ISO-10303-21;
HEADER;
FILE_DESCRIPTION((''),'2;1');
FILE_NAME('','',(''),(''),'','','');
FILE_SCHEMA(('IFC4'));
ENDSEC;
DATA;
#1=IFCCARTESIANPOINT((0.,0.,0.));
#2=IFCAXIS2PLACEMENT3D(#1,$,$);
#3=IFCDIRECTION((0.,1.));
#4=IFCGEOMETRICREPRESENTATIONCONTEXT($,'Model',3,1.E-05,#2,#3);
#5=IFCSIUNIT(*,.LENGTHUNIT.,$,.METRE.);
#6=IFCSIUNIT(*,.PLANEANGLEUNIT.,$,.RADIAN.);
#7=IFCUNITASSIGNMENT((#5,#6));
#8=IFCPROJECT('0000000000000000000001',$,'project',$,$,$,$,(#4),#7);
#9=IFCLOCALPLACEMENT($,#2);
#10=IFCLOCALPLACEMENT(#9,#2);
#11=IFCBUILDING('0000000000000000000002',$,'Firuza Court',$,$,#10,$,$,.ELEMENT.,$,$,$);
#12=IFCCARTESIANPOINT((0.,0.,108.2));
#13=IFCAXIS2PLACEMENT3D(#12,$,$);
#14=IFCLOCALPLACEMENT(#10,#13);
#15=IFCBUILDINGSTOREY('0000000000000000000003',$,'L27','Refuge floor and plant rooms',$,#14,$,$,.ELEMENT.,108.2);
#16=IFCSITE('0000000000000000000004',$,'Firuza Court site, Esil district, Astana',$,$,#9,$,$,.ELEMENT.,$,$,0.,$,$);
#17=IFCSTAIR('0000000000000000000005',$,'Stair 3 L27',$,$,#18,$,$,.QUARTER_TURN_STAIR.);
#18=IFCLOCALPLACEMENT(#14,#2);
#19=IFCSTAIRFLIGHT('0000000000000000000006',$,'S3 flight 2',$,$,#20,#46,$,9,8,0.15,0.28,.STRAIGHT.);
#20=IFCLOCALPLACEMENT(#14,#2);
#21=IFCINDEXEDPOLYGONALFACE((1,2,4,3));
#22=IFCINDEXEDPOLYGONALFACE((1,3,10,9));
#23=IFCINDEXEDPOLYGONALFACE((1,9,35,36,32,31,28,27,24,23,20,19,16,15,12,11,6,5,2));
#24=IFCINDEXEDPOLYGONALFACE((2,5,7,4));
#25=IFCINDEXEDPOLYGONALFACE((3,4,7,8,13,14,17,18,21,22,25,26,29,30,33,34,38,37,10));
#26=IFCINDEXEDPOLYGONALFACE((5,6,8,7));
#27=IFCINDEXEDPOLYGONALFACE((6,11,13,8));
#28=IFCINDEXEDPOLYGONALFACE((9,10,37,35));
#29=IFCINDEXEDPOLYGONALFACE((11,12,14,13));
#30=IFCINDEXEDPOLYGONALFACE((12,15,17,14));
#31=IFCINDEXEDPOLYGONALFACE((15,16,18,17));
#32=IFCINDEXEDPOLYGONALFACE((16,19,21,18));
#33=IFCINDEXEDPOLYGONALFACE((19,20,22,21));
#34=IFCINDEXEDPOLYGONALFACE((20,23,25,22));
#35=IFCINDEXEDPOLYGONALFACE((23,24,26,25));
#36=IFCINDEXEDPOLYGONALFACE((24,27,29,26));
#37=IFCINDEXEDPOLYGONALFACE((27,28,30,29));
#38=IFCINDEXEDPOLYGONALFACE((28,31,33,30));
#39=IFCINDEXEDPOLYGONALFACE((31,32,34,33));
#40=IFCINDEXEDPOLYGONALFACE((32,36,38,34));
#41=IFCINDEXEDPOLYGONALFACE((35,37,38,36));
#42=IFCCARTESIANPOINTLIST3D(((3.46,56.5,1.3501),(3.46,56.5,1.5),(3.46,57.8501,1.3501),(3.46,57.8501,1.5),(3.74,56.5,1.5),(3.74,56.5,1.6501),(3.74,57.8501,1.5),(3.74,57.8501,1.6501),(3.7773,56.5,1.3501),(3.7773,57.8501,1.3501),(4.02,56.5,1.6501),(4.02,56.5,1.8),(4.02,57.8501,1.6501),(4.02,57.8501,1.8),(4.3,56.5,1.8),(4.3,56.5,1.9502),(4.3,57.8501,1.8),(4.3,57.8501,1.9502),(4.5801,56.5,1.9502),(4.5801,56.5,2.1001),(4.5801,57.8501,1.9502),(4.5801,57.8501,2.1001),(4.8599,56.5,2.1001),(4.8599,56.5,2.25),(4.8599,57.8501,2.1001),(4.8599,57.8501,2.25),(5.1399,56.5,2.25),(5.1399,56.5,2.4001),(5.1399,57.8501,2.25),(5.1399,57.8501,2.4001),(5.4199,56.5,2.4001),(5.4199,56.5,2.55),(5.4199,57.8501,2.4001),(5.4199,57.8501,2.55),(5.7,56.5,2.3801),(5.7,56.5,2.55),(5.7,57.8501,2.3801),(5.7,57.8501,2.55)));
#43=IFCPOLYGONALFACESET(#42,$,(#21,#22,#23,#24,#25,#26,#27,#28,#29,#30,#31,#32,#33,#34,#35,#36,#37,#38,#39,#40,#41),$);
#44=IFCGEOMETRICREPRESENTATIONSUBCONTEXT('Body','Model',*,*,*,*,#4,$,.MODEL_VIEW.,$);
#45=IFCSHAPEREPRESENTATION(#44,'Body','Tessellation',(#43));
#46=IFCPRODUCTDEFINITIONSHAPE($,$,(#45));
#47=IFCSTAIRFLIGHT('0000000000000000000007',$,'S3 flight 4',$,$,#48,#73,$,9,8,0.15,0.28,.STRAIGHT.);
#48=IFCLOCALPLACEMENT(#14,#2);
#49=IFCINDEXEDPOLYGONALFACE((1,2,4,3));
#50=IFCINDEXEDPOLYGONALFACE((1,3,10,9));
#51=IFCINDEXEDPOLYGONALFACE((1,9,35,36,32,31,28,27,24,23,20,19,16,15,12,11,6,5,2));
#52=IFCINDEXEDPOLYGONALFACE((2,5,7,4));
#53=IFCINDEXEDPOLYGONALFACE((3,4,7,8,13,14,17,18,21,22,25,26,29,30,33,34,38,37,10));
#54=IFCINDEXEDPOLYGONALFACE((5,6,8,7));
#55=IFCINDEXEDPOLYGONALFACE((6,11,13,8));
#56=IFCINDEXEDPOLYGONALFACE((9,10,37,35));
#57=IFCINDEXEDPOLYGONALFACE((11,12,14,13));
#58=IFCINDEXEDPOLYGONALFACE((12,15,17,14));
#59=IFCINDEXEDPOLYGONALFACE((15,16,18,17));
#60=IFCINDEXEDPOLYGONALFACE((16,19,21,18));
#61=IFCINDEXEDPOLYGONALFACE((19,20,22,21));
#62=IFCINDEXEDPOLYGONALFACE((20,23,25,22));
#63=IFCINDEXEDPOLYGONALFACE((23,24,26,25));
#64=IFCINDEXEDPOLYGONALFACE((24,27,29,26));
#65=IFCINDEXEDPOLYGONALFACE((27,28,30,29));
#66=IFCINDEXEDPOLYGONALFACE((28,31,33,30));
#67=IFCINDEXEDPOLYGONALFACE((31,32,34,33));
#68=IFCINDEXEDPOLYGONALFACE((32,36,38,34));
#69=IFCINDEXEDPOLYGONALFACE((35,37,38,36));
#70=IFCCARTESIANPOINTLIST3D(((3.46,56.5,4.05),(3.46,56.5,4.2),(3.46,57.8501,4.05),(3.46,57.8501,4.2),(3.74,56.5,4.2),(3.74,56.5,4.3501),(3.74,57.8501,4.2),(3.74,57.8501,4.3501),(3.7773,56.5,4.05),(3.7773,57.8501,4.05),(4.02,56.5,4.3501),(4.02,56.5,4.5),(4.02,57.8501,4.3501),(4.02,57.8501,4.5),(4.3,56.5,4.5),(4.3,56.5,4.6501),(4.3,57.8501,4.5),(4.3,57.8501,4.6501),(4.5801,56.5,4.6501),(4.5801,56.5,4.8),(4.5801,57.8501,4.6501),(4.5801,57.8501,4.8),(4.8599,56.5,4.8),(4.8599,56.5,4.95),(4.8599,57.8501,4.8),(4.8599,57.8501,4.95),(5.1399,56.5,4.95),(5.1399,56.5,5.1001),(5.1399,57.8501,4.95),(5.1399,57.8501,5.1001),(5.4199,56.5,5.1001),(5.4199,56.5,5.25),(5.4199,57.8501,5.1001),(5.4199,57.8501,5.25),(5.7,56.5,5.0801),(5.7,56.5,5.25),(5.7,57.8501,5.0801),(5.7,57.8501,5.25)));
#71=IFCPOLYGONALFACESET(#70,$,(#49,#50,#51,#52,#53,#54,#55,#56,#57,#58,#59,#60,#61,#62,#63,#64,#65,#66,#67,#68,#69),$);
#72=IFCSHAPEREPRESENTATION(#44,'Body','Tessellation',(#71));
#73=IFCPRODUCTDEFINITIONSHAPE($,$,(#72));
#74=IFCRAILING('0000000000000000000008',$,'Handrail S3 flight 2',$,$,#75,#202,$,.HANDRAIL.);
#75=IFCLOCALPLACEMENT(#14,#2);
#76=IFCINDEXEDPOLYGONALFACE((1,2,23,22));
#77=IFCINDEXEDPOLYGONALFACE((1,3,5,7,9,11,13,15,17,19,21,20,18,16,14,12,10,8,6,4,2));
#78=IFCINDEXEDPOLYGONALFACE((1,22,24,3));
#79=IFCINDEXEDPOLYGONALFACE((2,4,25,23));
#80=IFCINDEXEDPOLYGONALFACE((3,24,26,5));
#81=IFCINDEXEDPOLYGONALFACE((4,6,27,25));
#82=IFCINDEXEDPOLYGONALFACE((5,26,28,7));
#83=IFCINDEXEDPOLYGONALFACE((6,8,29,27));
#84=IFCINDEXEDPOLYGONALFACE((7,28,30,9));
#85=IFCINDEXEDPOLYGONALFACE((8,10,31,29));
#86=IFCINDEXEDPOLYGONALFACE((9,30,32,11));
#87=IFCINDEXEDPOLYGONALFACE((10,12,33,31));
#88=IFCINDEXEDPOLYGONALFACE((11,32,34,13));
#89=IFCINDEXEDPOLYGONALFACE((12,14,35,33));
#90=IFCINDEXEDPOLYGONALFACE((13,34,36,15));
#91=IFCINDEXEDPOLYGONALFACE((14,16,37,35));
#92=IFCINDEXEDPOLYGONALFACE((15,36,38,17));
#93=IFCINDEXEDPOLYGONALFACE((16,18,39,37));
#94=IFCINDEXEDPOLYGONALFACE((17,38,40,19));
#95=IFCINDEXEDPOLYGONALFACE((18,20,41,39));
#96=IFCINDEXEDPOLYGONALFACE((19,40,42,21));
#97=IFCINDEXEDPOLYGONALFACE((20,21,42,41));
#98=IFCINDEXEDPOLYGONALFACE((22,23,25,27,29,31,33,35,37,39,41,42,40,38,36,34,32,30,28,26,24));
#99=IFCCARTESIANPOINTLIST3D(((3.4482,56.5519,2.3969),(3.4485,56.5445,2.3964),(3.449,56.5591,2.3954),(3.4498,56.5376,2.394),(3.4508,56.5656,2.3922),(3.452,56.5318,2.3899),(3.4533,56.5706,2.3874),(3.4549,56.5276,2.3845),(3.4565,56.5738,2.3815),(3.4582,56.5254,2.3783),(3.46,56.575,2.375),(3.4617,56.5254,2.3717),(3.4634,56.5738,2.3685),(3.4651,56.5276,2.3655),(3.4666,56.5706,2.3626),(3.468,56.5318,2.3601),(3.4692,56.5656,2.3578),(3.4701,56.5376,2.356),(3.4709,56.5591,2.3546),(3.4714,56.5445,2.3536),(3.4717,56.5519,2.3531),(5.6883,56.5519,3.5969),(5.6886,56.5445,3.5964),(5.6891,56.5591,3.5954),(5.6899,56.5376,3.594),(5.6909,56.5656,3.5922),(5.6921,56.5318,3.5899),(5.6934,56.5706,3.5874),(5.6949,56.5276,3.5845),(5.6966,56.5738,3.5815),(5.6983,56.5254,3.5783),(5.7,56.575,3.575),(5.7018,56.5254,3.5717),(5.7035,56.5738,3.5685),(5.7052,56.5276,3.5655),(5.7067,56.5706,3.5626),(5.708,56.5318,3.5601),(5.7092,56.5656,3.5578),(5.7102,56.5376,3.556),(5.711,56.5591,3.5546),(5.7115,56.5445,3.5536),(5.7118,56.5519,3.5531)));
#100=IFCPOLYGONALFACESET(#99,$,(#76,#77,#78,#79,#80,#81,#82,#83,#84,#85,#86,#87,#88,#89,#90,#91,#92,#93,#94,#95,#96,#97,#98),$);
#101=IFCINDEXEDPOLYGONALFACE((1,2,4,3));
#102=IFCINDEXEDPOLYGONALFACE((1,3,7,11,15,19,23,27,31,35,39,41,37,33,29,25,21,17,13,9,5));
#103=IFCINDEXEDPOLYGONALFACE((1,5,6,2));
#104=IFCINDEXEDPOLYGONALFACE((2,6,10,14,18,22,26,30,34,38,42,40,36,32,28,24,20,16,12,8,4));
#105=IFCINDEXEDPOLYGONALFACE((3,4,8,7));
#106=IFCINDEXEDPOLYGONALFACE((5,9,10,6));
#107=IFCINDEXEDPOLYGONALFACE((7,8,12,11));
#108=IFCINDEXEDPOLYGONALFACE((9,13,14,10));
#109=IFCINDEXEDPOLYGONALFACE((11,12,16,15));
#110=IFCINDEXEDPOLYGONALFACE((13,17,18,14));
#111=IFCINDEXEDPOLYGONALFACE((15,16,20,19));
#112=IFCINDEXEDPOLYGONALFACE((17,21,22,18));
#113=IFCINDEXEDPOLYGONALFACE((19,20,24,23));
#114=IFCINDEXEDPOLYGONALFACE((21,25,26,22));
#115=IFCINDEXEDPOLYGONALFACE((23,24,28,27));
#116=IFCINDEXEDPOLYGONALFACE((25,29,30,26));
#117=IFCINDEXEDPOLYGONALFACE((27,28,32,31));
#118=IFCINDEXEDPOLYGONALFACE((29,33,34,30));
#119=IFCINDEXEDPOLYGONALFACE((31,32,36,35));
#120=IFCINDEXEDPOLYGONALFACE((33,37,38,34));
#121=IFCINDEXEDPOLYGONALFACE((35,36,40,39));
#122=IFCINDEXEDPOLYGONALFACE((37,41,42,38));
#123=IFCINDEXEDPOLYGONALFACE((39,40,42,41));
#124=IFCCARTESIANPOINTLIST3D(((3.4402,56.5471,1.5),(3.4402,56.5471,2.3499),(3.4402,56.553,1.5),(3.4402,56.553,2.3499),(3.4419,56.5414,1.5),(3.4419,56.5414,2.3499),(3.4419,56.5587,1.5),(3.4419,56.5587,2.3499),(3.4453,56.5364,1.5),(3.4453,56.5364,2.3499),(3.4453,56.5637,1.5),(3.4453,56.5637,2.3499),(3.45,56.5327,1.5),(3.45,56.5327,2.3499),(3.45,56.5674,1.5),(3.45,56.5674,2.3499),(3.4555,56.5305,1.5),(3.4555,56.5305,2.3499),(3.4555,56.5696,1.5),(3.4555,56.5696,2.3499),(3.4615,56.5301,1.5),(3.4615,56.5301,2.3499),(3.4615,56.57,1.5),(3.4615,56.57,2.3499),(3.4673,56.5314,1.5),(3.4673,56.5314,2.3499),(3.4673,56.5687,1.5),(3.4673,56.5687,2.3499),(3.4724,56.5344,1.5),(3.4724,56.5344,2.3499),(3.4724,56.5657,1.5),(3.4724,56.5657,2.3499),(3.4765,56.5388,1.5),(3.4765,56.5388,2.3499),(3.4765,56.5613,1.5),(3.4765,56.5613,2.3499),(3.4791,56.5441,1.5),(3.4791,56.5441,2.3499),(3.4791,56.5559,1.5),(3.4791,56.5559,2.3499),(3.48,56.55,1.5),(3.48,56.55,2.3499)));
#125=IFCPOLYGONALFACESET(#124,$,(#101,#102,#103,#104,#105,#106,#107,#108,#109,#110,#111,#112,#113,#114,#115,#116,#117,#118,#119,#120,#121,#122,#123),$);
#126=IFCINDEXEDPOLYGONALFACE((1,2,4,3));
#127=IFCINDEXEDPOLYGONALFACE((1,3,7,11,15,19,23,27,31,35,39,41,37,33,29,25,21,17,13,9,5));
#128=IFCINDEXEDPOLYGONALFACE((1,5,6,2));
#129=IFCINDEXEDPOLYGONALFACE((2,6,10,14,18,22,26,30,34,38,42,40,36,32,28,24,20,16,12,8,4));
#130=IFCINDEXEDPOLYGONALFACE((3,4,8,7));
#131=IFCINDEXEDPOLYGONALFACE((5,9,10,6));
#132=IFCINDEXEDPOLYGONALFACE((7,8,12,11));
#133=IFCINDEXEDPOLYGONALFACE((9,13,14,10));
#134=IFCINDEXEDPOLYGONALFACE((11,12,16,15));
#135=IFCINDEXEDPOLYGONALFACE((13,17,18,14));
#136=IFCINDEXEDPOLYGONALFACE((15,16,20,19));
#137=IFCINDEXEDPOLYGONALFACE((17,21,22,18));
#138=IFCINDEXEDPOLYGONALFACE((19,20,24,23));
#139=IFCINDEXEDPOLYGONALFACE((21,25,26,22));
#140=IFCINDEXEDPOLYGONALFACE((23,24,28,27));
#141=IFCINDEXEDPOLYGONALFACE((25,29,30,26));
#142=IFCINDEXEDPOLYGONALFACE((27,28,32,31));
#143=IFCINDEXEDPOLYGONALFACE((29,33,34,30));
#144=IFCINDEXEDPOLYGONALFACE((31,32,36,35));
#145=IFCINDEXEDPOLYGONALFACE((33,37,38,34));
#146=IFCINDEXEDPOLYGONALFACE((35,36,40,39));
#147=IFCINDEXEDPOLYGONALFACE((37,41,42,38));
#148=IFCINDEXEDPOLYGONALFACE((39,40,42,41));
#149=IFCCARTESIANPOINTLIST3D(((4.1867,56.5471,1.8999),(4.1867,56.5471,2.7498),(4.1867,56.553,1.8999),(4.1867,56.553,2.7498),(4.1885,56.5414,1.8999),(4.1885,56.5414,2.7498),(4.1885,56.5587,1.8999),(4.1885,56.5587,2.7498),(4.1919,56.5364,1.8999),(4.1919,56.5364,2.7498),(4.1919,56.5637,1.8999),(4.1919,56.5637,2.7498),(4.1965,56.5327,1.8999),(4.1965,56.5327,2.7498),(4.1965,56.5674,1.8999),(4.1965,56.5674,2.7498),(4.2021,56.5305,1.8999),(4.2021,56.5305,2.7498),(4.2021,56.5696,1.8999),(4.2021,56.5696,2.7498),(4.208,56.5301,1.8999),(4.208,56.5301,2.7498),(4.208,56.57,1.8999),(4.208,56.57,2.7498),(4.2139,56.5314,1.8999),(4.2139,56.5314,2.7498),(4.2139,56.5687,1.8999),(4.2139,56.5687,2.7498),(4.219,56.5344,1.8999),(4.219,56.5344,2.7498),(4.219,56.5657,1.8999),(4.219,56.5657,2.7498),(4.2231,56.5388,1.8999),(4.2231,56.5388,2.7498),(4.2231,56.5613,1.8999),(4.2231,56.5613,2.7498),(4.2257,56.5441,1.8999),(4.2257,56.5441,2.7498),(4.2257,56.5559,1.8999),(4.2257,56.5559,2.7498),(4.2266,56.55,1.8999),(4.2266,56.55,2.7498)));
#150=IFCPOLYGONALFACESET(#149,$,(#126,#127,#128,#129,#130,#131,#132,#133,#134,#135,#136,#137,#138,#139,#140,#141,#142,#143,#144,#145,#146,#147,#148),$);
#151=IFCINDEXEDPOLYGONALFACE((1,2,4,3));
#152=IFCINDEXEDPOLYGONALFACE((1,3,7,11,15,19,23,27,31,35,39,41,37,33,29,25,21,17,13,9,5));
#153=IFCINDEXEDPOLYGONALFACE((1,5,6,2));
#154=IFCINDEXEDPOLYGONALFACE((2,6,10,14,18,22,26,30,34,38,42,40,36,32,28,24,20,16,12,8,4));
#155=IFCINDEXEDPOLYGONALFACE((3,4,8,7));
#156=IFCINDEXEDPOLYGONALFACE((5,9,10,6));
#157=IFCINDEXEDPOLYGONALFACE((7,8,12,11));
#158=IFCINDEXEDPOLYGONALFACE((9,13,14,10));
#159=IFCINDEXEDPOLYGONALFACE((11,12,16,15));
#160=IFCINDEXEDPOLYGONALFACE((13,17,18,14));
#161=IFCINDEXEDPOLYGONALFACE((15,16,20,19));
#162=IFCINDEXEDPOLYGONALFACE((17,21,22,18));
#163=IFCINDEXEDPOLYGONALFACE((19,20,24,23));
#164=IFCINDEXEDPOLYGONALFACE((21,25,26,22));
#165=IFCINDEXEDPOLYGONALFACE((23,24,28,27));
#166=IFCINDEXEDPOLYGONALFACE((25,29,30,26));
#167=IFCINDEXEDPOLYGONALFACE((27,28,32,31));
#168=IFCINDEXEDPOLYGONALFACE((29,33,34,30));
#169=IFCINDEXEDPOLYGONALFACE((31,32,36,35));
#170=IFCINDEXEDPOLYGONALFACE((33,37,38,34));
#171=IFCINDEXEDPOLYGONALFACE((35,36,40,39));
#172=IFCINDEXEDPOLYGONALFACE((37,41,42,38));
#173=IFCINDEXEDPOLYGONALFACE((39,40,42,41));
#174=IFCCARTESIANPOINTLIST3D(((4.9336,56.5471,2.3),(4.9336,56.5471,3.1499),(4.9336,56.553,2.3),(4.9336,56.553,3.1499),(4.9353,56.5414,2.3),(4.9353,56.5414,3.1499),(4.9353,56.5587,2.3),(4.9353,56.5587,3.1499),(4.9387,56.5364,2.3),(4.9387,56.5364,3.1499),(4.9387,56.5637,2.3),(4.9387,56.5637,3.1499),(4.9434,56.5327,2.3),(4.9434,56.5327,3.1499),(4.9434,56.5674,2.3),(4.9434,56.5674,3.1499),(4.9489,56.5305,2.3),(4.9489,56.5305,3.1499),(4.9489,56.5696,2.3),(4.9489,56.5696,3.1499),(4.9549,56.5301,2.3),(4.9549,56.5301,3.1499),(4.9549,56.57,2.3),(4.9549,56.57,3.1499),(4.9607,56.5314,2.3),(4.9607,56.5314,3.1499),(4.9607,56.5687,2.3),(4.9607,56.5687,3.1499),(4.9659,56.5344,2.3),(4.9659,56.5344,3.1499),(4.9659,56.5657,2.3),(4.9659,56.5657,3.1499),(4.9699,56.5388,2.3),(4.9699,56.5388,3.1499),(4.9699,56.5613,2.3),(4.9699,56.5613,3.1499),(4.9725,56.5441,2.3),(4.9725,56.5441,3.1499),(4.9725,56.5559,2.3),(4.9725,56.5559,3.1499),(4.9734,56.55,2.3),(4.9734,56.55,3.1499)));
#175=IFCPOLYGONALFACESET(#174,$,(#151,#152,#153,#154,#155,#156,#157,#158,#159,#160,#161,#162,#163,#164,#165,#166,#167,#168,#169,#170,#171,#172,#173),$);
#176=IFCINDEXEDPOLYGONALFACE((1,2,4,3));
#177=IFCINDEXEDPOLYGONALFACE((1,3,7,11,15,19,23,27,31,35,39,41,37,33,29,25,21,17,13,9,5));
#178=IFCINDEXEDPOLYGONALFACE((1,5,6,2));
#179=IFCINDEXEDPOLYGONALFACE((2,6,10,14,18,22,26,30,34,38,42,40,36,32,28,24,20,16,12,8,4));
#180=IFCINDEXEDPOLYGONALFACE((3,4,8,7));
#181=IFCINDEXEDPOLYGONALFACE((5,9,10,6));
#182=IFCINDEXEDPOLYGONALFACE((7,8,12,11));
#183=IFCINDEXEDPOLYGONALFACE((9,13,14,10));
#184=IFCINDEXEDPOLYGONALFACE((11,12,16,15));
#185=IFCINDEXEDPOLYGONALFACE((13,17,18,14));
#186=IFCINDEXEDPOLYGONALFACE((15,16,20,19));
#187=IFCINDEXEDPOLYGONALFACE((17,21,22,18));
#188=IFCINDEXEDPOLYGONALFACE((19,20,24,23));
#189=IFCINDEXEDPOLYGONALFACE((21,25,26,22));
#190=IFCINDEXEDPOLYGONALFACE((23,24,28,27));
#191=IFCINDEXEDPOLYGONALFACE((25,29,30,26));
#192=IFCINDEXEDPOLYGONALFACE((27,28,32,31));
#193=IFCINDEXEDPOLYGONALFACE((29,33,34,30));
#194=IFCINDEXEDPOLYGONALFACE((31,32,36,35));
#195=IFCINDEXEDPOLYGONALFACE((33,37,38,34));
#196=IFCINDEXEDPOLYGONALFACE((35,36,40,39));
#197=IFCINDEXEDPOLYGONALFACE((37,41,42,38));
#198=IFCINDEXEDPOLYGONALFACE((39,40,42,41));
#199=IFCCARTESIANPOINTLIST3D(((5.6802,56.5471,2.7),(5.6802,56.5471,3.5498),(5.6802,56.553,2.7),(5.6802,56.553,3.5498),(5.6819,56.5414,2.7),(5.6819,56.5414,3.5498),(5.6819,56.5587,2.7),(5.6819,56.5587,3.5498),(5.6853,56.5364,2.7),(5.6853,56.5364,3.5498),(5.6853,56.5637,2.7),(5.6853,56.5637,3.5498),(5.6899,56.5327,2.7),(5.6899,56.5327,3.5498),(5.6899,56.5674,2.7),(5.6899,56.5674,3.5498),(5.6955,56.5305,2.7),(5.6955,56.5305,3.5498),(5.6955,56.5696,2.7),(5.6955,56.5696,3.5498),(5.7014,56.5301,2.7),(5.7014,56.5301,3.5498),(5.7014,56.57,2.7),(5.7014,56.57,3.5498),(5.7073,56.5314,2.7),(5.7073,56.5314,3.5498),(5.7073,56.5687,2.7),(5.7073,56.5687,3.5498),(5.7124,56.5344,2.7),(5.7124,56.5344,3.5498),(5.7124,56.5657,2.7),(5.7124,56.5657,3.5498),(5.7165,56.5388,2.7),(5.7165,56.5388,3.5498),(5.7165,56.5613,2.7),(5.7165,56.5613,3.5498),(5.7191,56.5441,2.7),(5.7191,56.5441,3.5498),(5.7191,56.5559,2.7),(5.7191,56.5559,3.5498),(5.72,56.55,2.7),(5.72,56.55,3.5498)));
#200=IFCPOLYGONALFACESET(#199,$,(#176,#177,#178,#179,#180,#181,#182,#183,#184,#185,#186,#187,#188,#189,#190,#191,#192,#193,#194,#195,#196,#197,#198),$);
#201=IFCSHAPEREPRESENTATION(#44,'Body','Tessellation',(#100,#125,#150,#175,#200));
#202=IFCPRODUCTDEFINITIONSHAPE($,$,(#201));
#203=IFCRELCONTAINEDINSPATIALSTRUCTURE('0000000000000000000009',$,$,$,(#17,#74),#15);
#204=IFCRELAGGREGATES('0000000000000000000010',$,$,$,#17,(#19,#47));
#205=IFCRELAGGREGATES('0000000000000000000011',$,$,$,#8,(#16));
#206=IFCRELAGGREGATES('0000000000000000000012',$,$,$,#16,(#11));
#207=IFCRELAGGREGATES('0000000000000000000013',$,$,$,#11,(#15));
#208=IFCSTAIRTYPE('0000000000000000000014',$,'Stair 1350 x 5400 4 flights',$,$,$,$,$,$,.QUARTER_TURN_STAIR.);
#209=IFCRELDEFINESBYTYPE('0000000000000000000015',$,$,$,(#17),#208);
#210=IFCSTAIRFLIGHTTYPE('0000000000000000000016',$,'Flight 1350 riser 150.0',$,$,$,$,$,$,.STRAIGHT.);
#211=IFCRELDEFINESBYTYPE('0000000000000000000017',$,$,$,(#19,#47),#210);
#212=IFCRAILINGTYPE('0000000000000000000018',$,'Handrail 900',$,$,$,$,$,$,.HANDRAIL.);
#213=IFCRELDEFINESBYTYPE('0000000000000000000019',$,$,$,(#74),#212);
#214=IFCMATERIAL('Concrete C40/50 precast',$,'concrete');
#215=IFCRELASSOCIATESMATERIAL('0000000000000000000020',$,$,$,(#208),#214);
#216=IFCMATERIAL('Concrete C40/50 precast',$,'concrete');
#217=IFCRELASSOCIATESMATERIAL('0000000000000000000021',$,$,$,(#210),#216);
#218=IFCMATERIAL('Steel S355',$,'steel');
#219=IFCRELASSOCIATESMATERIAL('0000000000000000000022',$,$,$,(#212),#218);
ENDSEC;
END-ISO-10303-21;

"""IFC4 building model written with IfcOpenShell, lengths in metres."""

from ifc_helpers import new_model, si_unit, direction, frame, origin, origin_2d, place, context, subcontext, project, spatial, polyline, circle, outline, extrude, material, type_object, element, aggregate, save


model = new_model("IFC4")

# Units and contexts
model_context = context("Model", 3, precision=1e-05, world=origin(), true_north=direction((0.0, 1.0)))
body_context = subcontext(model_context, "Body", "Model", "MODEL_VIEW")
ifc_project = project(units=[si_unit("LENGTHUNIT", "METRE"), si_unit("PLANEANGLEUNIT", "RADIAN")], contexts=[model_context])

# Site, building, storey
site_placement = place(None, origin())
site = spatial("IfcSite", under=ifc_project, at=site_placement, Name="Firuza Court site, Esil district, Astana", CompositionType="ELEMENT", RefElevation=0.0)
building_placement = place(site_placement, origin())
building = spatial("IfcBuilding", under=site, at=building_placement, Name="Firuza Court", CompositionType="ELEMENT")
storey_placement = place(building_placement, frame((0.0, 0.0, 108.2)))
storey = spatial("IfcBuildingStorey", under=building, at=storey_placement, Name="L27", Description="Refuge floor and plant rooms", CompositionType="ELEMENT", Elevation=108.2)

# Stair, stair flights
ifc_material_1 = material(Name="Concrete C40/50 precast", Category="concrete")
stair_type = type_object("IfcStairType", Name="Stair 1350 x 5400 4 flights", PredefinedType="QUARTER_TURN_STAIR", material=ifc_material_1)
stair_placement = place(storey_placement, origin())
stair = element("IfcStair", 1, at=stair_placement, inside=storey, type_object=stair_type, Name="Stair 3 L27", PredefinedType="QUARTER_TURN_STAIR")
ifc_material_2 = material(Name="Concrete C40/50 precast", Category="concrete")
stair_flight_type = type_object("IfcStairFlightType", Name="Flight 1350 riser 150.0", PredefinedType="STRAIGHT", material=ifc_material_2)
stair_flight_1_placement = place(storey_placement, frame((3.46, 57.175, 1.3501), z_axis=(0.0, 0.0, 1.0), x_axis=(1.0, 0.0, 0.0)))
stair_flight_1 = element("IfcStairFlight", 2, at=stair_flight_1_placement, type_object=stair_flight_type, Name="S3 flight 2", NumberOfRisers=9, NumberOfTreads=8, PredefinedType="STRAIGHT", RiserHeight=0.15, TreadLength=0.28, context=body_context, shape_type="SweptSolid", body=[
    extrude(outline(polyline([(0.0, 0.0), (0.0, 0.1499), (0.28, 0.1499), (0.28, 0.3), (0.5601, 0.3), (0.5601, 0.45), (0.8401, 0.45), (0.8401, 0.6001), (1.1201, 0.6001), (1.1201, 0.75), (1.3999, 0.75), (1.3999, 0.8999), (1.6799, 0.8999), (1.6799, 1.05), (1.96, 1.05), (1.96, 1.2), (2.24, 1.2), (2.24, 1.3501), (2.24, 1.03), (0.3174, 0.0), (0.0, 0.0)])), frame((0.0, 0.675, 0.0), z_axis=(0.0, -1.0, 0.0), x_axis=(1.0, 0.0, 0.0)), (0.0, 0.0, 1.0), 1.3501),
])
stair_flight_2_placement = place(storey_placement, frame((3.46, 57.175, 4.05), z_axis=(0.0, 0.0, 1.0), x_axis=(1.0, 0.0, 0.0)))
stair_flight_2 = element("IfcStairFlight", 3, at=stair_flight_2_placement, type_object=stair_flight_type, Name="S3 flight 4", NumberOfRisers=9, NumberOfTreads=8, PredefinedType="STRAIGHT", RiserHeight=0.15, TreadLength=0.28, context=body_context, shape_type="SweptSolid", body=[
    extrude(outline(polyline([(0.0, 0.0), (0.0, 0.1499), (0.28, 0.1499), (0.28, 0.3), (0.5601, 0.3), (0.5601, 0.45), (0.8401, 0.45), (0.8401, 0.6001), (1.1201, 0.6001), (1.1201, 0.75), (1.3999, 0.75), (1.3999, 0.8999), (1.6799, 0.8999), (1.6799, 1.05), (1.96, 1.05), (1.96, 1.2), (2.24, 1.2), (2.24, 1.3501), (2.24, 1.03), (0.3174, 0.0), (0.0, 0.0)])), frame((0.0, 0.675, 0.0), z_axis=(0.0, -1.0, 0.0), x_axis=(1.0, 0.0, 0.0)), (0.0, 0.0, 1.0), 1.3501),
])
aggregate(stair, [stair_flight_1, stair_flight_2])

# Railing
ifc_material_3 = material(Name="Steel S355", Category="steel")
railing_type = type_object("IfcRailingType", Name="Handrail 900", PredefinedType="HANDRAIL", material=ifc_material_3)
railing_1_placement = place(storey_placement, frame((3.46, 56.55, 1.5)))
element("IfcRailing", 4, at=railing_1_placement, inside=storey, type_object=railing_type, Name="Handrail S3 flight 2", PredefinedType="HANDRAIL", context=body_context, shape_type="SweptSolid", body=[
    extrude(circle(Radius=0.0249, at=origin_2d()), frame((0.0, 0.0, 0.875), z_axis=(0.881487, 0.0, 0.472208), x_axis=(0.0, 1.0, 0.0)), (0.0, 0.0, 1.0), 2.5413),
    extrude(circle(Radius=0.02, at=origin_2d()), origin(), (0.0, 0.0, 1.0), 0.8499),
    extrude(circle(Radius=0.02, at=origin_2d()), frame((0.7466, 0.0, 0.3999)), (0.0, 0.0, 1.0), 0.8499),
    extrude(circle(Radius=0.02, at=origin_2d()), frame((1.4934, 0.0, 0.8)), (0.0, 0.0, 1.0), 0.8499),
    extrude(circle(Radius=0.02, at=origin_2d()), frame((2.24, 0.0, 1.2)), (0.0, 0.0, 1.0), 0.8499),
])

save(model, "model.ifc")
